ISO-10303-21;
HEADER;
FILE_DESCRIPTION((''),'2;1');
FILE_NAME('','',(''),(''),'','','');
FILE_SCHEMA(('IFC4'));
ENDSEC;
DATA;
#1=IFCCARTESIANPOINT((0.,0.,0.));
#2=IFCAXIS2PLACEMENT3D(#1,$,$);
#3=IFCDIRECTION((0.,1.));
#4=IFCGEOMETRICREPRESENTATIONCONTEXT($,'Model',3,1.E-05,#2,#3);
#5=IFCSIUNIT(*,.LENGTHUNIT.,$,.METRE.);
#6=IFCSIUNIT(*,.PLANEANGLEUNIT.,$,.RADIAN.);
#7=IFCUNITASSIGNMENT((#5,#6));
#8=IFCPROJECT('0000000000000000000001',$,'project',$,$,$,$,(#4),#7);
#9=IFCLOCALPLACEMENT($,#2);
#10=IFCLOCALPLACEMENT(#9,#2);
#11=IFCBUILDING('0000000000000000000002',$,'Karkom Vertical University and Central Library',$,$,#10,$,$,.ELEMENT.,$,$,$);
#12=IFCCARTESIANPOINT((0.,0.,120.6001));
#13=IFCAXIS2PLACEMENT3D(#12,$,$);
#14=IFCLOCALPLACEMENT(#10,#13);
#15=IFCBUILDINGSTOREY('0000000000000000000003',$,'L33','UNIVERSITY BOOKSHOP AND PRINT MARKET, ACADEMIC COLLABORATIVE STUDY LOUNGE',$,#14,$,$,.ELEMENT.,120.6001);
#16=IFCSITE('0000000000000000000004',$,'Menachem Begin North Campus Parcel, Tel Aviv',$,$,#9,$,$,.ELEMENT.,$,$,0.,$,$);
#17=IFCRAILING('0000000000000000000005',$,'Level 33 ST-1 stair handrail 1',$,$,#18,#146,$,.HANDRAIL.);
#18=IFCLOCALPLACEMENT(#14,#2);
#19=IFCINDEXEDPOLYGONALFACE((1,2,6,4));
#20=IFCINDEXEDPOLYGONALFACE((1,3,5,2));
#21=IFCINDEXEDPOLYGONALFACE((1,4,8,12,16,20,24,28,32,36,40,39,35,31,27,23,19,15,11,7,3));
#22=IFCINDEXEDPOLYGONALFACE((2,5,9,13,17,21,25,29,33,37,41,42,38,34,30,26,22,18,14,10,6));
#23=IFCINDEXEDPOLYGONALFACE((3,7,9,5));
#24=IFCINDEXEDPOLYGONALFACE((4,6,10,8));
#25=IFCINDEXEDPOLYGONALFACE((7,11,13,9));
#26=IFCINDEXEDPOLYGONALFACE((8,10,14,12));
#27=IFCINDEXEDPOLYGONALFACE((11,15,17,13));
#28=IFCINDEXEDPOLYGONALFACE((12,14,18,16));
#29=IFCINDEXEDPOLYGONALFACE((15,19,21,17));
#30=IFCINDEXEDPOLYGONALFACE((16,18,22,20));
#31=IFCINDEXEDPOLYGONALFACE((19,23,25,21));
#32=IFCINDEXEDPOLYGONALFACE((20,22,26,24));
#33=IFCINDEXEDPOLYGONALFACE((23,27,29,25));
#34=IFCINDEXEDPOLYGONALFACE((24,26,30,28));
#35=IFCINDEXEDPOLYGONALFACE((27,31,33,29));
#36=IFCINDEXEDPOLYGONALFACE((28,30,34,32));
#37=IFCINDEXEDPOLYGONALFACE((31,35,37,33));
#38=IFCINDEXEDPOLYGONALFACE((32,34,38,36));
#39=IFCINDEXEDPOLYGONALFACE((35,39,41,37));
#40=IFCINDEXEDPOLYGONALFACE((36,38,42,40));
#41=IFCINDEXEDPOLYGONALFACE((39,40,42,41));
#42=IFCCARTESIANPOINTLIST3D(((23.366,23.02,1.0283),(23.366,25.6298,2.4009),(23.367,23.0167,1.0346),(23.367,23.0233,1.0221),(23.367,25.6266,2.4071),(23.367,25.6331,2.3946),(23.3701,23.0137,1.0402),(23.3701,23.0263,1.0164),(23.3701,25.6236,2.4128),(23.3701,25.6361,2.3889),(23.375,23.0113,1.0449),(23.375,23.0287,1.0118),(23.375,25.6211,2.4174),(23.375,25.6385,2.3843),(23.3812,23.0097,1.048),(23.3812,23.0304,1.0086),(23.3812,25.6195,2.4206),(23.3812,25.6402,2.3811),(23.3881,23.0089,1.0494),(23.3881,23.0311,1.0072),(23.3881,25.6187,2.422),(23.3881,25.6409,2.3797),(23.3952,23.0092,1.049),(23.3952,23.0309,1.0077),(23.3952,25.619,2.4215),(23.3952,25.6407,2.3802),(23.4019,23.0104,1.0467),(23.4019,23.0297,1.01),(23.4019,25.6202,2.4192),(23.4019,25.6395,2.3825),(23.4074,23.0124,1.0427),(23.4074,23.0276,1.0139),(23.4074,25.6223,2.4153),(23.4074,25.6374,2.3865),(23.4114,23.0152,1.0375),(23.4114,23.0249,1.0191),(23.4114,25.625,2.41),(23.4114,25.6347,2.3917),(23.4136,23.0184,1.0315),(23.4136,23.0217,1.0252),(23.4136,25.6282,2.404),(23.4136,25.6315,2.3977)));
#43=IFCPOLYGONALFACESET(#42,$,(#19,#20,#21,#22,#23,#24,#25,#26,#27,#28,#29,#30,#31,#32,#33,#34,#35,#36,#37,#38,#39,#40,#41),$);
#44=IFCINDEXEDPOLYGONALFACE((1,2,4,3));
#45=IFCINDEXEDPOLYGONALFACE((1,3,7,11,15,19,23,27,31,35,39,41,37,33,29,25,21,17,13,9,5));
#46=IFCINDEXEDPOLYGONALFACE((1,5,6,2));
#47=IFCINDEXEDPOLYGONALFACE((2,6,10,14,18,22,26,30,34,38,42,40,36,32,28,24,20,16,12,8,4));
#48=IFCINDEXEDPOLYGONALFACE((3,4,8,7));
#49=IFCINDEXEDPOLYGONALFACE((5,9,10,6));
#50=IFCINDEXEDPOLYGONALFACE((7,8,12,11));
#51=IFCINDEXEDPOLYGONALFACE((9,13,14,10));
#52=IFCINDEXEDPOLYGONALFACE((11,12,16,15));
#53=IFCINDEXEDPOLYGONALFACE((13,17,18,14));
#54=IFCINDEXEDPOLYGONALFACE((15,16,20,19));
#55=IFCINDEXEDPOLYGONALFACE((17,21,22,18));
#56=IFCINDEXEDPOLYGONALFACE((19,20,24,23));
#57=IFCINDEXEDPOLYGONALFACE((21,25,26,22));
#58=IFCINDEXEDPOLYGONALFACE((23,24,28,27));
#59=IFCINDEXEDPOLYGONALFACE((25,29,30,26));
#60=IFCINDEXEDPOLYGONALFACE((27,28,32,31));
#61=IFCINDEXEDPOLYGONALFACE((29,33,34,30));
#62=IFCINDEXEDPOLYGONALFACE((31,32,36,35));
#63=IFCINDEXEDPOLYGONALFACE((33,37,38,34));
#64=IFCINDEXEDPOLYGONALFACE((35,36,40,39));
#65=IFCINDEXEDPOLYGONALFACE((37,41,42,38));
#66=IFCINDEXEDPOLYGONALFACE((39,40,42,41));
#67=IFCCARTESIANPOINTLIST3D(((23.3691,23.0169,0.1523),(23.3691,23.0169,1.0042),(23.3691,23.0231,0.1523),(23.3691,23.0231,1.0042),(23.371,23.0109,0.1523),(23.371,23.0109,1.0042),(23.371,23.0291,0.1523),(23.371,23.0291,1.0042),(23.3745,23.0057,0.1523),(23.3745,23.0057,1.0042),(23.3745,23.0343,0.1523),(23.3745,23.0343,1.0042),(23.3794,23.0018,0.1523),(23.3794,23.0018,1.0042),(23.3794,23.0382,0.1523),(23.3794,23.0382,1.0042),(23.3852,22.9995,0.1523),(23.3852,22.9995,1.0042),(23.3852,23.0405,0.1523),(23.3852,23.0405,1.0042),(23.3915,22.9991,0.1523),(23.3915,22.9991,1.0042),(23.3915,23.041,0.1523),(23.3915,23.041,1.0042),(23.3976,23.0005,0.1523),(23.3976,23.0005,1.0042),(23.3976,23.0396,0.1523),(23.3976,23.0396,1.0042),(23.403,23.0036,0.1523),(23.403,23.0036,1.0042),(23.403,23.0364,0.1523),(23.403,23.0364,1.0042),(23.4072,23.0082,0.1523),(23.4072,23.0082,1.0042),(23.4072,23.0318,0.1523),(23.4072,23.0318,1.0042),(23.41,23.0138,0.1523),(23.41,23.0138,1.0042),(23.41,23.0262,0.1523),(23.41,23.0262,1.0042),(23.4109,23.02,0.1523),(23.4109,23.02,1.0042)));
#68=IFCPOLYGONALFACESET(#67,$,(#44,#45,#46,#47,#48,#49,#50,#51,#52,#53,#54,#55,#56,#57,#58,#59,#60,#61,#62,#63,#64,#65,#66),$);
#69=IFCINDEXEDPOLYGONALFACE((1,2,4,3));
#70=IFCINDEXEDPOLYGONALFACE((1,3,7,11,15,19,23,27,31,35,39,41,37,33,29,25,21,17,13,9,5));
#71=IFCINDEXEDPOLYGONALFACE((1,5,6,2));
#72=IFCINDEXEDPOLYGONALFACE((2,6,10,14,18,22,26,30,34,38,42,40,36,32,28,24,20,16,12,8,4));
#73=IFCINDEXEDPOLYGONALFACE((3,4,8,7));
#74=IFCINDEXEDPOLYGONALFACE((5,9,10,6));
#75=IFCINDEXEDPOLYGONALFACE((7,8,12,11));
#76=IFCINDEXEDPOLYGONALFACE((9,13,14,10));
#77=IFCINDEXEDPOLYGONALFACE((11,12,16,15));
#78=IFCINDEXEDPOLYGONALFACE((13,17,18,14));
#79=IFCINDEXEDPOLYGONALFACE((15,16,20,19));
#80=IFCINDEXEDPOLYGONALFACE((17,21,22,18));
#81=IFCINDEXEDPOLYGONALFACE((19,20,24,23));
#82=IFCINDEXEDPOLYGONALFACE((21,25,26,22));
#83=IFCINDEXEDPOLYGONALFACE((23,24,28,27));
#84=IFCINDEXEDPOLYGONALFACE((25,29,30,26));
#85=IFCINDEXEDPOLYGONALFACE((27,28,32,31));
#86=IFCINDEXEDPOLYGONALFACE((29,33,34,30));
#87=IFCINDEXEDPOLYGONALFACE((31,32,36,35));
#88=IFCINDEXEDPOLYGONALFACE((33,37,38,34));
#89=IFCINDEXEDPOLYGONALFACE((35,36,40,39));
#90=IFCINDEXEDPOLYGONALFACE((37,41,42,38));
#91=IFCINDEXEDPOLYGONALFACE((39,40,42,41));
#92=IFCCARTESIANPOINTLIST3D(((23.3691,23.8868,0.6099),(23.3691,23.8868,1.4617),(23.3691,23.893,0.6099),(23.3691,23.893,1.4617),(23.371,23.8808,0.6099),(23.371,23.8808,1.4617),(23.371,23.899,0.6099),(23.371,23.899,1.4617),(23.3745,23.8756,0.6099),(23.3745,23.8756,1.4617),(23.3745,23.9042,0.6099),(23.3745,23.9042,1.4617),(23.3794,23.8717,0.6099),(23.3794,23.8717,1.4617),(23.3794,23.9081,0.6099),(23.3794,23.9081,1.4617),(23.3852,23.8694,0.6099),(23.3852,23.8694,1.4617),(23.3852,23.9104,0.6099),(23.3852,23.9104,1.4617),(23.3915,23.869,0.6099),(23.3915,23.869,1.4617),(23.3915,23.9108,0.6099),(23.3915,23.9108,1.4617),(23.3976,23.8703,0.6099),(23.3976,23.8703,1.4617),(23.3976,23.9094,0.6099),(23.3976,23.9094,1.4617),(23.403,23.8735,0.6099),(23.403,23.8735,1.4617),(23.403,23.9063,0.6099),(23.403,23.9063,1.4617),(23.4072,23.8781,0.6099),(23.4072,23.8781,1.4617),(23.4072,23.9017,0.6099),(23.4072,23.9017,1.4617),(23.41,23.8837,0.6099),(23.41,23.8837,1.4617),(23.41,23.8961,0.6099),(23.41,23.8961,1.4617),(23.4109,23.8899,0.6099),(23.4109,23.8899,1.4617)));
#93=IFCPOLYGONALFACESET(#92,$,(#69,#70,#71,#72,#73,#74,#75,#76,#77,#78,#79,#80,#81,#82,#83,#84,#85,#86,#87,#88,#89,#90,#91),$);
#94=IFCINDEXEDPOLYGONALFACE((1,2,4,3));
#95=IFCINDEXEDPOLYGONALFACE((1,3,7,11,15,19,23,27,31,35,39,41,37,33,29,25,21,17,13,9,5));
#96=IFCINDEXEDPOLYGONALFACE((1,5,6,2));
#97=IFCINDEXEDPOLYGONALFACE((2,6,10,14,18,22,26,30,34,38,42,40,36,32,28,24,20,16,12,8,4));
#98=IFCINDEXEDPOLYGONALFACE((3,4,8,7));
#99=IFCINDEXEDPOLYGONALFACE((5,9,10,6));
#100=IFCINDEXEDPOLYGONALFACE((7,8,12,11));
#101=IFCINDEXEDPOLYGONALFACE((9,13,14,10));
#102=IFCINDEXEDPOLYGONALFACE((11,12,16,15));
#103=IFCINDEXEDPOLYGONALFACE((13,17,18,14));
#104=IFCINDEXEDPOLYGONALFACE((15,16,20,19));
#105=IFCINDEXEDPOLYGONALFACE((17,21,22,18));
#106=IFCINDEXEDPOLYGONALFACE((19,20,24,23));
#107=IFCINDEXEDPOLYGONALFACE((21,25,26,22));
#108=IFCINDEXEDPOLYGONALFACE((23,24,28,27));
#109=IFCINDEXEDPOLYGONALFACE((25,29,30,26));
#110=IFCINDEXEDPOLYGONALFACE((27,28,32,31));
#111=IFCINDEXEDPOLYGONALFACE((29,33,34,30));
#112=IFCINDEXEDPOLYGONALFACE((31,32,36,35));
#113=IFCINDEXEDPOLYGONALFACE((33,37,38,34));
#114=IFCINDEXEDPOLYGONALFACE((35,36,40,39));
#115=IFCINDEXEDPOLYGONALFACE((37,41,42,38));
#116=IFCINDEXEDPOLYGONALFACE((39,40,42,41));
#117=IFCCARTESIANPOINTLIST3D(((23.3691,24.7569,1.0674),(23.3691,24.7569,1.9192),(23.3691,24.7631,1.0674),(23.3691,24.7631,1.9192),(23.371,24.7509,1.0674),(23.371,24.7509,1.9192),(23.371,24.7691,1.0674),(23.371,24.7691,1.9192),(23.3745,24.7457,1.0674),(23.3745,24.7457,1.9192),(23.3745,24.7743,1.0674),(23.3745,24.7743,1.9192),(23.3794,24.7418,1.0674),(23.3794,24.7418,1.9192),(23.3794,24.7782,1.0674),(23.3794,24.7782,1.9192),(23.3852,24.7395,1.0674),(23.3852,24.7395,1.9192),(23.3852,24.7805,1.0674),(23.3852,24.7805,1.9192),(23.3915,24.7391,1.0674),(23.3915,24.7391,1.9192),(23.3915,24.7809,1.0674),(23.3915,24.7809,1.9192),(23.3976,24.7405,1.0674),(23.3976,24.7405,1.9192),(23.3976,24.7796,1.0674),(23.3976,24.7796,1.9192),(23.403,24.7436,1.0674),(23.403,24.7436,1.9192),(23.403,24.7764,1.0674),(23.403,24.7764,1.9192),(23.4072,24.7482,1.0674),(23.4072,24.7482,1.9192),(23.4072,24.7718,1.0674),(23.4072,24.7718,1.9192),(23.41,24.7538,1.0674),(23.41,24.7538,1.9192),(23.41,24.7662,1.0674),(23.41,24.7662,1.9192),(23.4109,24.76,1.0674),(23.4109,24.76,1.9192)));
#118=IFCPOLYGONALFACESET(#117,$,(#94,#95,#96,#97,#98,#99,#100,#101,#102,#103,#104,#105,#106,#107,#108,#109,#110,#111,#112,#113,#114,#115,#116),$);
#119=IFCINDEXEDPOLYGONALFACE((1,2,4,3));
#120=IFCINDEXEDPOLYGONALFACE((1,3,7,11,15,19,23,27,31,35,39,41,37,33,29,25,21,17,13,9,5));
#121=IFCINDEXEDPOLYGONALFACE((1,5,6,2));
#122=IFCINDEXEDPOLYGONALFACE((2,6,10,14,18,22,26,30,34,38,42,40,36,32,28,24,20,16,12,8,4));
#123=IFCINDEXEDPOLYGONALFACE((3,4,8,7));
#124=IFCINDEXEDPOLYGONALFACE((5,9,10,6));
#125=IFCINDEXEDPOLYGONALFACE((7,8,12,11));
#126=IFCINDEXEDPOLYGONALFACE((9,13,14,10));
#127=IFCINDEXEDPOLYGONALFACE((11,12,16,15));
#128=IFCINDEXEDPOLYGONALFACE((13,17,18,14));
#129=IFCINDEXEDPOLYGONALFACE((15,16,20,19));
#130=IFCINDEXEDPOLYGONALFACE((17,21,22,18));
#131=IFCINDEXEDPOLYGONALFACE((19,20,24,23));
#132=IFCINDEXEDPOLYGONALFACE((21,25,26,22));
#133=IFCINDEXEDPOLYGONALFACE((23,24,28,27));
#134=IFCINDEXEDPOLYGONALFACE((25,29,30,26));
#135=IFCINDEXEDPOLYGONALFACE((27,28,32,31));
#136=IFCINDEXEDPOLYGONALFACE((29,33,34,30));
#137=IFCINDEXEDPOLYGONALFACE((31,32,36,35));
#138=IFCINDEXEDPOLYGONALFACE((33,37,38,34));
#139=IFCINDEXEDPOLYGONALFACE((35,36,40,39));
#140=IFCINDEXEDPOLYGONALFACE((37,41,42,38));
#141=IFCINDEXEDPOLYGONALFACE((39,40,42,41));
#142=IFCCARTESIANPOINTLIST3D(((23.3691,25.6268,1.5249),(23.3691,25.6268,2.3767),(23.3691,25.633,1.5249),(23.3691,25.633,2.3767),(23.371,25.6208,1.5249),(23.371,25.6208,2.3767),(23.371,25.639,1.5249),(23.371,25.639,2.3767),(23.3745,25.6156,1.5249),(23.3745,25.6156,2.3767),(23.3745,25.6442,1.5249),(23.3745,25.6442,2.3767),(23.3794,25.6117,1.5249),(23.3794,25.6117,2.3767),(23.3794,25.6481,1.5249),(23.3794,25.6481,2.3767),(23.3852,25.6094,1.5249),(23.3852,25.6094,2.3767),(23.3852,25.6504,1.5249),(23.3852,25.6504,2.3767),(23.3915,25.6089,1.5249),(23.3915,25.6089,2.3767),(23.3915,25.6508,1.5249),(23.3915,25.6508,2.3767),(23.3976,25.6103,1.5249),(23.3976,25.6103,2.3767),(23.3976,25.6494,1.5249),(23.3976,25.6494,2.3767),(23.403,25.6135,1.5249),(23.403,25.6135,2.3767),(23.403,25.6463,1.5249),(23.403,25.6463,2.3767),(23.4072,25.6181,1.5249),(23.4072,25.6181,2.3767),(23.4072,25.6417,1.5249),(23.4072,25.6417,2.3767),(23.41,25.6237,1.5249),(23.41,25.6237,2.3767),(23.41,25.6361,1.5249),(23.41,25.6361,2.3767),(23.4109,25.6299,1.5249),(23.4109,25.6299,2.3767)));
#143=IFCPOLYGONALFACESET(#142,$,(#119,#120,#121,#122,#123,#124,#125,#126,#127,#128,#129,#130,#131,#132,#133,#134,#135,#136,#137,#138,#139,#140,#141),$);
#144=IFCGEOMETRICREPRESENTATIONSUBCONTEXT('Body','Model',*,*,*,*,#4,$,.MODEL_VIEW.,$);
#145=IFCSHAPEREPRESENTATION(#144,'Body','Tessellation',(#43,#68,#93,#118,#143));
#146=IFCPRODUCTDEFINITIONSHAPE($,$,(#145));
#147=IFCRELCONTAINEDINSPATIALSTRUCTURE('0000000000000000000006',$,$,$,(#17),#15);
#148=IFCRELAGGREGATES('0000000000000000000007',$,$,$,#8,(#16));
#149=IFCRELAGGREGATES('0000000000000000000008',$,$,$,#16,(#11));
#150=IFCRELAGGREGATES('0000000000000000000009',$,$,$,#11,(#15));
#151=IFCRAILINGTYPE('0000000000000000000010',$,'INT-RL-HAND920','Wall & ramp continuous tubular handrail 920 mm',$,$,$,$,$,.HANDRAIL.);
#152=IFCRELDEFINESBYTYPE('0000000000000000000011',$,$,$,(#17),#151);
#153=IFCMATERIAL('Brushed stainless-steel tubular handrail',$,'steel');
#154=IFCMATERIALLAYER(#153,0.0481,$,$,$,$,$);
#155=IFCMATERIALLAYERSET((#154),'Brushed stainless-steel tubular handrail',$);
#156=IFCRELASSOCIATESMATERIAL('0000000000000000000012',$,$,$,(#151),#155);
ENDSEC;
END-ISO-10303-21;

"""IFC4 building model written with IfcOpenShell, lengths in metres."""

from ifc_helpers import new_model, si_unit, direction, frame, origin, origin_2d, place, context, subcontext, project, spatial, circle, extrude, material, layer, layer_set, type_object, element, save


model = new_model("IFC4")

# Units and contexts
model_context = context("Model", 3, precision=1e-05, world=origin(), true_north=direction((0.0, 1.0)))
body_context = subcontext(model_context, "Body", "Model", "MODEL_VIEW")
ifc_project = project(units=[si_unit("LENGTHUNIT", "METRE"), si_unit("PLANEANGLEUNIT", "RADIAN")], contexts=[model_context])

# Site, building, storey
site_placement = place(None, origin())
site = spatial("IfcSite", under=ifc_project, at=site_placement, Name="Menachem Begin North Campus Parcel, Tel Aviv", CompositionType="ELEMENT", RefElevation=0.0)
building_placement = place(site_placement, origin())
building = spatial("IfcBuilding", under=site, at=building_placement, Name="Karkom Vertical University and Central Library", CompositionType="ELEMENT")
storey_placement = place(building_placement, frame((0.0, 0.0, 120.6001)))
storey = spatial("IfcBuildingStorey", under=building, at=storey_placement, Name="L33", Description="UNIVERSITY BOOKSHOP AND PRINT MARKET, ACADEMIC COLLABORATIVE STUDY LOUNGE", CompositionType="ELEMENT", Elevation=120.6001)

# Railing
ifc_material_1 = material(Name="Brushed stainless-steel tubular handrail", Category="steel")
ifc_layer_1 = layer(ifc_material_1, 0.0481)
ifc_layer_set_1 = layer_set([ifc_layer_1], Name="Brushed stainless-steel tubular handrail")
railing_type_1 = type_object("IfcRailingType", Name="INT-RL-HAND920", Description="Wall & ramp continuous tubular handrail 920 mm", PredefinedType="HANDRAIL", material=ifc_layer_set_1)
railing_1_placement = place(storey_placement, frame((23.3899, 23.02, 0.1523)))
element("IfcRailing", 1, at=railing_1_placement, inside=storey, type_object=railing_type_1, Name="Level 33 ST-1 stair handrail 1", PredefinedType="HANDRAIL", context=body_context, shape_type="SweptSolid", body=[
    extrude(circle(Radius=0.0239, at=origin_2d()), frame((0.0, 0.0, 0.876), z_axis=(0.0, 0.885065, 0.465467), x_axis=(-1.0, 0.0, 0.0)), (0.0, 0.0, 1.0), 2.9487),
    extrude(circle(Radius=0.021, at=origin_2d()), origin(), (0.0, 0.0, 1.0), 0.8518),
    extrude(circle(Radius=0.021, at=origin_2d()), frame((0.0, 0.8699, 0.4575)), (0.0, 0.0, 1.0), 0.8518),
    extrude(circle(Radius=0.021, at=origin_2d()), frame((0.0, 1.74, 0.915)), (0.0, 0.0, 1.0), 0.8518),
    extrude(circle(Radius=0.021, at=origin_2d()), frame((0.0, 2.6099, 1.3726)), (0.0, 0.0, 1.0), 0.8518),
])

save(model, "model.ifc")
